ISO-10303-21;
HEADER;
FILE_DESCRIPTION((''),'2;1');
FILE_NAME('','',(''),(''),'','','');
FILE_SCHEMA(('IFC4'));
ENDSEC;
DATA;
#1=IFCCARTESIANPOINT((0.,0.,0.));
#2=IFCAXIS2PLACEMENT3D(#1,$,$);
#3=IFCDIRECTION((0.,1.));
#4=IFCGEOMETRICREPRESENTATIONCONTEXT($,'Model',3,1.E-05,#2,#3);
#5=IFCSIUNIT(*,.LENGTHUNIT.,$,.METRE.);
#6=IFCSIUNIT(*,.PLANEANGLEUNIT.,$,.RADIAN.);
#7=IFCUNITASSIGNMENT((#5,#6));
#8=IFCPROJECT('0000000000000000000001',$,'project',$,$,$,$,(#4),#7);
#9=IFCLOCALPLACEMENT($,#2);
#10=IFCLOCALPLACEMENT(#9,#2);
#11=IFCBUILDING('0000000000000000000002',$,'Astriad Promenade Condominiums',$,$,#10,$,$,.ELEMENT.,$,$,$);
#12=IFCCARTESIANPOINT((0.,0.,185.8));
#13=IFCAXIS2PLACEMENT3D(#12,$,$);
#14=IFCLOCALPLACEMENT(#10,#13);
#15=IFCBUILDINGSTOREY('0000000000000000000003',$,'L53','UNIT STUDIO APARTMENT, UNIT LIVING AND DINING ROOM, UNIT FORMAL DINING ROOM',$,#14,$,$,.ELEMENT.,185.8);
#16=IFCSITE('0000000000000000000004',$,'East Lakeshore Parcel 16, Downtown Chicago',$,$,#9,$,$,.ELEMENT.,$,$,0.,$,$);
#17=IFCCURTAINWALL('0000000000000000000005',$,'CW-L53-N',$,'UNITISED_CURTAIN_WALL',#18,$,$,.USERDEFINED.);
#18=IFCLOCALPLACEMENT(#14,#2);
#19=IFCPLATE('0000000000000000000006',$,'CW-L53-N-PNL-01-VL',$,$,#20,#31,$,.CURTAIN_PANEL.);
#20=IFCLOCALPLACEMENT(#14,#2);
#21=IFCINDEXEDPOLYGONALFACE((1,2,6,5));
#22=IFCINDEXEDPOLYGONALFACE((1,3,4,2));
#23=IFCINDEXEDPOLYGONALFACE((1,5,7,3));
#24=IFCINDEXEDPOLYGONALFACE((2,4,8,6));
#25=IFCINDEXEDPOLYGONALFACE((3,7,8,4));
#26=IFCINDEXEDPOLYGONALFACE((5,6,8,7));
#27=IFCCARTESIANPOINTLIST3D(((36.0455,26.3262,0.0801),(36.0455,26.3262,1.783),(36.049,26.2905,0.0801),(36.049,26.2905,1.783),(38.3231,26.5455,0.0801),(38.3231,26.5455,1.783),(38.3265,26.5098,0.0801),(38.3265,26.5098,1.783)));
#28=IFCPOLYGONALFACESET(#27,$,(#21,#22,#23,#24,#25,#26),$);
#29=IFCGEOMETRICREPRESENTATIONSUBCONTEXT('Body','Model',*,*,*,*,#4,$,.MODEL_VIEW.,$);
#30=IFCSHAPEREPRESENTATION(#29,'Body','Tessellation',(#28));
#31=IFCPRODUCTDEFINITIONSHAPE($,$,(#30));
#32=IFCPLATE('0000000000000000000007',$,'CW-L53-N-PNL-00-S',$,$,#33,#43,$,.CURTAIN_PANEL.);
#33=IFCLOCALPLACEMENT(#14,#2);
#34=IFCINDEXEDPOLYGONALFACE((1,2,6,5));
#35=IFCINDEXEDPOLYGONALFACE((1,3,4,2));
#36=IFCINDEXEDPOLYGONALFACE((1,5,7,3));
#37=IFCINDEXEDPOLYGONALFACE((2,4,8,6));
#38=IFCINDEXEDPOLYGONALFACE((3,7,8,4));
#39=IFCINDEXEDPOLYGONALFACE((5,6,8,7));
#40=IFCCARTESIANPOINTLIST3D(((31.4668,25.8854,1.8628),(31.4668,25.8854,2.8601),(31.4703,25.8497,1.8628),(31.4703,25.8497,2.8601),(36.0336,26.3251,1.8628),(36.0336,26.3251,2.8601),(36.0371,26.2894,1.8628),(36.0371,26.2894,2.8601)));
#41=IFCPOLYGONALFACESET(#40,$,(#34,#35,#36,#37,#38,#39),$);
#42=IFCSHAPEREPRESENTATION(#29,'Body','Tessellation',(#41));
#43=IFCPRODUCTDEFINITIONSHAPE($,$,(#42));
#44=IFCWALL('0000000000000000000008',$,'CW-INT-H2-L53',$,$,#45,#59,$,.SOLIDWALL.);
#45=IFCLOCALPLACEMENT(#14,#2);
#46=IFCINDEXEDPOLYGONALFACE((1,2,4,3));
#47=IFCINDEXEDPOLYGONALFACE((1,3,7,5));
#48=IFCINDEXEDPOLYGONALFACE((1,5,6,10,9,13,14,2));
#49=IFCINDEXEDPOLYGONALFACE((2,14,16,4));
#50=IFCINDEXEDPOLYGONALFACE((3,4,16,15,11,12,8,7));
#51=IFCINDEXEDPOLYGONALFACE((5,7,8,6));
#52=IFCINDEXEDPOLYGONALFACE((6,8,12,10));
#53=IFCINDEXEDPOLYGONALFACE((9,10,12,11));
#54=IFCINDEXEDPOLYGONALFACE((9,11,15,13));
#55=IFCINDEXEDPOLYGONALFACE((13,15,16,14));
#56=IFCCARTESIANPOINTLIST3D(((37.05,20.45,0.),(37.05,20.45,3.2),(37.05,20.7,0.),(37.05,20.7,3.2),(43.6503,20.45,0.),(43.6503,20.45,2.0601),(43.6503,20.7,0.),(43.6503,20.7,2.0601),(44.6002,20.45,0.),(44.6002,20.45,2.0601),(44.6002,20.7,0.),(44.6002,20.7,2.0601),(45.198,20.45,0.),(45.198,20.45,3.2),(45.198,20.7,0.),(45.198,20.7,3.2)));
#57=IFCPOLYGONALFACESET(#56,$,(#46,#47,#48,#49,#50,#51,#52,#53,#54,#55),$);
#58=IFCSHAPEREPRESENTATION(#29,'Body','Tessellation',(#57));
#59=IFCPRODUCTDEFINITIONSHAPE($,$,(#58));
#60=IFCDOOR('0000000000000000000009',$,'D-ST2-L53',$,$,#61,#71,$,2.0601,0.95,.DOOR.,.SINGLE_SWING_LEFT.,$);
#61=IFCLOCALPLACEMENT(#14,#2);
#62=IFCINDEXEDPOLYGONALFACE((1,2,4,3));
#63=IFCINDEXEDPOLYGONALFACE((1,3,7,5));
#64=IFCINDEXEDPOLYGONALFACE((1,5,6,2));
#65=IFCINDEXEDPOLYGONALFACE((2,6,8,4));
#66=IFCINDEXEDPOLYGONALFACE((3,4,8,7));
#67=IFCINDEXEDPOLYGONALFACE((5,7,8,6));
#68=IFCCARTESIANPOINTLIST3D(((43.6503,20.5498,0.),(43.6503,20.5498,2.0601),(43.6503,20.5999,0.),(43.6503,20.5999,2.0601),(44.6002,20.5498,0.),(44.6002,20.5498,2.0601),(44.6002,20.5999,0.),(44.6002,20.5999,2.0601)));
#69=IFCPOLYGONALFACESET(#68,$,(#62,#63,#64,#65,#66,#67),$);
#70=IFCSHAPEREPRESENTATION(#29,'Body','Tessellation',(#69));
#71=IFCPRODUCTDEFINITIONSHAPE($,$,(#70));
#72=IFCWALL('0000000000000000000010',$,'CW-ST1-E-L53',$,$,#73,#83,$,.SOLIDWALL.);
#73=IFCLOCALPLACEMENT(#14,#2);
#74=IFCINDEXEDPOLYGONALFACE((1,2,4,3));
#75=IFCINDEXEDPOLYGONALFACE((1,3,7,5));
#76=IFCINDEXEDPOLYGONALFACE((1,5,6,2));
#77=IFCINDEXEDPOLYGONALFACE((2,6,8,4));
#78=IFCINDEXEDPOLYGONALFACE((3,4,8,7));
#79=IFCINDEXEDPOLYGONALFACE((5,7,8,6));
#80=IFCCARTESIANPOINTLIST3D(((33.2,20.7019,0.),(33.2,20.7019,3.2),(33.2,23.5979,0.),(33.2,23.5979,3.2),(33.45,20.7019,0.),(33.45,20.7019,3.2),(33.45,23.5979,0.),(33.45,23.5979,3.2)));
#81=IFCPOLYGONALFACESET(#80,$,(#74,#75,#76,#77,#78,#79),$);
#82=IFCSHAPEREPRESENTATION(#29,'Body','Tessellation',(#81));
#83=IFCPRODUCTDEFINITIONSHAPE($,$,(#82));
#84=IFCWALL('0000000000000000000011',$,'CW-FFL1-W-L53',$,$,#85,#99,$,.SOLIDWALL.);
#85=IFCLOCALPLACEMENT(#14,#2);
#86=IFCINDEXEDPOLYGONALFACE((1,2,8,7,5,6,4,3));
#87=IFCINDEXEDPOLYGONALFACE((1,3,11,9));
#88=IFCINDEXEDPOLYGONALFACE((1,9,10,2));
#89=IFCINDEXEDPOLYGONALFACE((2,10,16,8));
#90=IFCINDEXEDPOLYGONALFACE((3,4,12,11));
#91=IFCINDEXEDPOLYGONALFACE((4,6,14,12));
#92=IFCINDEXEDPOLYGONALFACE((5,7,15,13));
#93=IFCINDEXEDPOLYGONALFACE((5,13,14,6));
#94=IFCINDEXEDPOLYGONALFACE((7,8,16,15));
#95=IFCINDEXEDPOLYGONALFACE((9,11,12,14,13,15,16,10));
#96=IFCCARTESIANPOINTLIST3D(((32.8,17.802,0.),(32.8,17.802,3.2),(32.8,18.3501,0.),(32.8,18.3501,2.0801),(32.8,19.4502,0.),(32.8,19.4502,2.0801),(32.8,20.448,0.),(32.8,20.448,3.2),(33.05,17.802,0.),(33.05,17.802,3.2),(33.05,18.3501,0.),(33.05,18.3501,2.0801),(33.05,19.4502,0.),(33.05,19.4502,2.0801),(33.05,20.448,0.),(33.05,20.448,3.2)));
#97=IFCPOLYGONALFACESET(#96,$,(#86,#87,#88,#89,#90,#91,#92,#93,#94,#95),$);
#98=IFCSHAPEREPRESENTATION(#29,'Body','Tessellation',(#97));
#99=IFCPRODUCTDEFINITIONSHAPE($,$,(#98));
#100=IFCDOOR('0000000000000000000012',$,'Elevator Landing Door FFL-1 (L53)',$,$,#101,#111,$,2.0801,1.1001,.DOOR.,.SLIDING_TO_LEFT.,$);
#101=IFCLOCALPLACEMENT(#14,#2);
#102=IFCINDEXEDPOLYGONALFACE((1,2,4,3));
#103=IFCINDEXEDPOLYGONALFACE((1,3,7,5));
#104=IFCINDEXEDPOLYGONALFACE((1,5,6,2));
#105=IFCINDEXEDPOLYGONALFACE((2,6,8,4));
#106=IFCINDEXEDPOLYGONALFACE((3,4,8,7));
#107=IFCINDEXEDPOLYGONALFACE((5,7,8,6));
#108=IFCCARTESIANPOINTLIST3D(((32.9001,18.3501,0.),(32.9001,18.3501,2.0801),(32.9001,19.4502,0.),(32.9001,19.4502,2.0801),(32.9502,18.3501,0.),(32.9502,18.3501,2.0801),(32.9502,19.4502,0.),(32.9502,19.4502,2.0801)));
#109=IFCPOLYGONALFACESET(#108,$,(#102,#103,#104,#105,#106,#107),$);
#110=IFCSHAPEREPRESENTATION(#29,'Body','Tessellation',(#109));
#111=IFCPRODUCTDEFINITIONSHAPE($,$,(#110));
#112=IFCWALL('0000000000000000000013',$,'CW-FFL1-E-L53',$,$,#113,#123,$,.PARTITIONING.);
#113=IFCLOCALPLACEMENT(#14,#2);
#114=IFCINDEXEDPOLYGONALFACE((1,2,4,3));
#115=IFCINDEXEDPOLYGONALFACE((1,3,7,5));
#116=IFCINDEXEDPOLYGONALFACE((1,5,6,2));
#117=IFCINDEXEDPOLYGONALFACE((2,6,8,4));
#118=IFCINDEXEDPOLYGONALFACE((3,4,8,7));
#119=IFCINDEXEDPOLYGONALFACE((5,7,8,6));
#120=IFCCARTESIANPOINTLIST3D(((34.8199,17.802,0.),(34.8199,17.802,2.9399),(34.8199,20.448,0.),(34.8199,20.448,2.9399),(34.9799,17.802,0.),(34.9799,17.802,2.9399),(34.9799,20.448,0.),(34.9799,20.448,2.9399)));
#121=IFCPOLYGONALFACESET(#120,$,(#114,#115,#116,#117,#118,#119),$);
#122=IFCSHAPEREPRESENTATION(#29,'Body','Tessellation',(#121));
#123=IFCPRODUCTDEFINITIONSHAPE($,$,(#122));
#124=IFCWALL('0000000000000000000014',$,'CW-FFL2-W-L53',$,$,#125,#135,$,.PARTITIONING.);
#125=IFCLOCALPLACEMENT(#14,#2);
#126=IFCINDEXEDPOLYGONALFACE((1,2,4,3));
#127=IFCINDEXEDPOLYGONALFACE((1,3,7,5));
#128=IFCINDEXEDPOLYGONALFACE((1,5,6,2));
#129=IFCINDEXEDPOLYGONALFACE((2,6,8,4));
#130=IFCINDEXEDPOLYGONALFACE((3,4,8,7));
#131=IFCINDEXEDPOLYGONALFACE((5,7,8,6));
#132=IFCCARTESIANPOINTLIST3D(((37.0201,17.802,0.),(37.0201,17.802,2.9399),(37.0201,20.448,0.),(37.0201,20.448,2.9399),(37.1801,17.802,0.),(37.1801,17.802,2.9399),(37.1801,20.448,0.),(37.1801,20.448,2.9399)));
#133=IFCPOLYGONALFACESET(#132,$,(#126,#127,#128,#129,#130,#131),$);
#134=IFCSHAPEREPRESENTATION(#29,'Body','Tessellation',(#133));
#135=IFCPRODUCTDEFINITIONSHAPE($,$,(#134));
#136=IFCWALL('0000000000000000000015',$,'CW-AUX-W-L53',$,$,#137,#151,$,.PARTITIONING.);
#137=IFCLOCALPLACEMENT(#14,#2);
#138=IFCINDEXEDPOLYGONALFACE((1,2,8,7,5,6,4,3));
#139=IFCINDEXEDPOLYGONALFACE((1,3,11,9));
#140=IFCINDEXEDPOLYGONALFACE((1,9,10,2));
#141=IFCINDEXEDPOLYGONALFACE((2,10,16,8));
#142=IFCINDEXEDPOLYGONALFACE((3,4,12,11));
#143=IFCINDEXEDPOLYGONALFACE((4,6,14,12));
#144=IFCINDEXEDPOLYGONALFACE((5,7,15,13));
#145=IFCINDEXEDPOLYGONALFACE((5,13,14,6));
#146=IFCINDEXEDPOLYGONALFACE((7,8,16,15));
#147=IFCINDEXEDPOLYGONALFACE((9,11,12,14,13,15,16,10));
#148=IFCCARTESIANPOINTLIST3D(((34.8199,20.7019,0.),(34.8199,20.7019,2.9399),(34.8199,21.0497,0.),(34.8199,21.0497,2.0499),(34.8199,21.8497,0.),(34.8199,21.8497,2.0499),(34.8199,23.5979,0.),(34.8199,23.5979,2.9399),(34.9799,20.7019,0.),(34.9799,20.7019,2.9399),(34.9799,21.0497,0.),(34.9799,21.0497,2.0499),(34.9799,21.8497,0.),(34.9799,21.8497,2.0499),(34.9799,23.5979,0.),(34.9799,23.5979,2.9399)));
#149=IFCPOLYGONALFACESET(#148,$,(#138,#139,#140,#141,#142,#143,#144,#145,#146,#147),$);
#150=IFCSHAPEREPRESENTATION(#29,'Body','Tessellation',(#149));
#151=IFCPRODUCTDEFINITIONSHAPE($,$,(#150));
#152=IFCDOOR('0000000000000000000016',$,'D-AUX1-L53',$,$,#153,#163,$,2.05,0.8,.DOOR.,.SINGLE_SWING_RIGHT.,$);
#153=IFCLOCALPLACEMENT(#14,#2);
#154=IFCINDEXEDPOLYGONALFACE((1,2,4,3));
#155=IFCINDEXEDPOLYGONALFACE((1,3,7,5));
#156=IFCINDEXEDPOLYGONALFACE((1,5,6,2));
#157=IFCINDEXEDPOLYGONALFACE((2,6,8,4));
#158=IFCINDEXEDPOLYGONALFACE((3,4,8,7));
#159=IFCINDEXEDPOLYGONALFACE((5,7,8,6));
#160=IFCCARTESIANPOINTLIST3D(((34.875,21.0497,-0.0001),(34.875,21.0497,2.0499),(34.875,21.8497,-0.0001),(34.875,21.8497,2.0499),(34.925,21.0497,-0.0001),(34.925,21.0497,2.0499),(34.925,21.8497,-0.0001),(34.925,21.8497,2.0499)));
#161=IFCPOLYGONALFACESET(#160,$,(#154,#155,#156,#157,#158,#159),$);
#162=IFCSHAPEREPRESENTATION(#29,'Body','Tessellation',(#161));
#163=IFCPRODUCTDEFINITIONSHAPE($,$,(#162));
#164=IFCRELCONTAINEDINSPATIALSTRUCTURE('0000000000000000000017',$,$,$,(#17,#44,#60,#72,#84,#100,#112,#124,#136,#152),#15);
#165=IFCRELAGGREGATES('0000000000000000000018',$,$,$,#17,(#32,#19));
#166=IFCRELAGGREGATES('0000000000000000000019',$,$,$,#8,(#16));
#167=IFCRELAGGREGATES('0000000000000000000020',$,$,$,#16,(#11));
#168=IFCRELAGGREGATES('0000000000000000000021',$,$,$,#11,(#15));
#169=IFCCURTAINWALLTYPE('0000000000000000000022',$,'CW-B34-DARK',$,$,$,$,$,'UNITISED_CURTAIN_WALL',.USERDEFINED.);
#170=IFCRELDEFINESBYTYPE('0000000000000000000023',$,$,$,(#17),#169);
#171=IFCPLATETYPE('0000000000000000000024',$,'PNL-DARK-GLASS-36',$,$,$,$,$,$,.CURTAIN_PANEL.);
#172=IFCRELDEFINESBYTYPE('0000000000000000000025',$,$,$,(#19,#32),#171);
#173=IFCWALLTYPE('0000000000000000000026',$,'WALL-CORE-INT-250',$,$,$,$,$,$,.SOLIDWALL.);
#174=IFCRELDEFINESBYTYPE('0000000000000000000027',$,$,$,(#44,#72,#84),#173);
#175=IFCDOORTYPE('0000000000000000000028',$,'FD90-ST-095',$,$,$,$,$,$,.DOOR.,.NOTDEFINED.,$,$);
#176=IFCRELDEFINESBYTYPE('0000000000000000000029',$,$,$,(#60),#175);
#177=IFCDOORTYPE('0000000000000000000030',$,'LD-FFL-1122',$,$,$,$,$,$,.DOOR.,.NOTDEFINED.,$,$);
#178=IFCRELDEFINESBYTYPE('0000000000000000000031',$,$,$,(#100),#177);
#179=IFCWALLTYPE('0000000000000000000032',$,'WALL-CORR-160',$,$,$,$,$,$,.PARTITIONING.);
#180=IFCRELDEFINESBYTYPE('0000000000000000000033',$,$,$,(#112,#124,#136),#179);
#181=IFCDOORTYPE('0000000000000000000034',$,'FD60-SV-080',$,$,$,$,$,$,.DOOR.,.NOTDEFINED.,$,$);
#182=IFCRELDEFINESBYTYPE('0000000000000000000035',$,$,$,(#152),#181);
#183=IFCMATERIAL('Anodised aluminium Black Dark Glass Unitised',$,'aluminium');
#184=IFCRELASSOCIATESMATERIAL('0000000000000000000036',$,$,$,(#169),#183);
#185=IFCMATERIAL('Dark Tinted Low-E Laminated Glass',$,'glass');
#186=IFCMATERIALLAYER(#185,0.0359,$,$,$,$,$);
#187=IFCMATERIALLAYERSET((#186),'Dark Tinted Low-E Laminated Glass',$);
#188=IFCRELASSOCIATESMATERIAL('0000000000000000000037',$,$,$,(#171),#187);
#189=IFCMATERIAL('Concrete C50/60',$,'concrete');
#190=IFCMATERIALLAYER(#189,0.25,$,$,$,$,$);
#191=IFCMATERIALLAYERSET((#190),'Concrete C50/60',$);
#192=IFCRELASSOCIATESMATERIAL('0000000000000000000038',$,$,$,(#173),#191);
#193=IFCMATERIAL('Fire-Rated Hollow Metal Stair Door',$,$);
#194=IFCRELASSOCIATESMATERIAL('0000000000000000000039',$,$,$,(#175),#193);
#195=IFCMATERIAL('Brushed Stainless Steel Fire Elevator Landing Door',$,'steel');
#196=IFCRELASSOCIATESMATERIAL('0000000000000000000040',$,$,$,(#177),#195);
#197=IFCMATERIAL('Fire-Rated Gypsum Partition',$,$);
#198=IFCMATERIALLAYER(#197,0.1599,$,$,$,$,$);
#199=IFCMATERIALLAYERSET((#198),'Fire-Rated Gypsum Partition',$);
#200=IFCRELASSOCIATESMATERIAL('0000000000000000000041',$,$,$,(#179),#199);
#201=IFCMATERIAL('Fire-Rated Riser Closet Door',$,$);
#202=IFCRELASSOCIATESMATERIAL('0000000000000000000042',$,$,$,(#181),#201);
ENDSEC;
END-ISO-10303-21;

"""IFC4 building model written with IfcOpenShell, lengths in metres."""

from ifc_helpers import new_model, si_unit, direction, frame, frame_2d, origin, origin_2d, place, context, subcontext, project, spatial, rectangle, extrude, source, transform, mapped, material, layer, layer_set, type_object, type_shapes, element, fill, aggregate, save


model = new_model("IFC4")

# Units and contexts
model_context = context("Model", 3, precision=1e-05, world=origin(), true_north=direction((0.0, 1.0)))
body_context = subcontext(model_context, "Body", "Model", "MODEL_VIEW")
ifc_project = project(units=[si_unit("LENGTHUNIT", "METRE"), si_unit("PLANEANGLEUNIT", "RADIAN")], contexts=[model_context])

# Site, building, storey
site_placement = place(None, origin())
site = spatial("IfcSite", under=ifc_project, at=site_placement, Name="East Lakeshore Parcel 16, Downtown Chicago", CompositionType="ELEMENT", RefElevation=0.0)
building_placement = place(site_placement, origin())
building = spatial("IfcBuilding", under=site, at=building_placement, Name="Astriad Promenade Condominiums", CompositionType="ELEMENT")
storey_placement = place(building_placement, frame((0.0, 0.0, 185.8)))
storey = spatial("IfcBuildingStorey", under=building, at=storey_placement, Name="L53", Description="UNIT STUDIO APARTMENT, UNIT LIVING AND DINING ROOM, UNIT FORMAL DINING ROOM", CompositionType="ELEMENT", Elevation=185.8)

# Curtain wall, plates
ifc_material_1 = material(Name="Anodised aluminium Black Dark Glass Unitised", Category="aluminium")
curtain_wall_type = type_object("IfcCurtainWallType", Name="CW-B34-DARK", ElementType="UNITISED_CURTAIN_WALL", PredefinedType="USERDEFINED", material=ifc_material_1)
curtain_wall_placement = place(storey_placement, origin())
curtain_wall = element("IfcCurtainWall", 1, at=curtain_wall_placement, inside=storey, type_object=curtain_wall_type, Name="CW-L53-N", ObjectType="UNITISED_CURTAIN_WALL", PredefinedType="USERDEFINED")
ifc_material_2 = material(Name="Dark Tinted Low-E Laminated Glass", Category="glass")
ifc_layer_1 = layer(ifc_material_2, 0.0359)
ifc_layer_set_1 = layer_set([ifc_layer_1], Name="Dark Tinted Low-E Laminated Glass")
plate_type = type_object("IfcPlateType", Name="PNL-DARK-GLASS-36", PredefinedType="CURTAIN_PANEL", material=ifc_layer_set_1)
shared_shape_1 = source(origin(), body_context, "Body", "SweptSolid", [
    extrude(rectangle(XDim=2.2881, YDim=0.0359, at=origin_2d()), origin(), (0.0, 0.0, 1.0), 1.7029),
])
plate_1_placement = place(storey_placement, frame((37.186, 26.418, 0.0801), z_axis=(0.0, 0.0, 1.0), x_axis=(0.995396, 0.095846, 0.0)))
plate_1 = element("IfcPlate", 2, at=plate_1_placement, type_object=plate_type, Name="CW-L53-N-PNL-01-VL", PredefinedType="CURTAIN_PANEL", context=body_context, shape_type="MappedRepresentation", body=[
    mapped(shared_shape_1, transform((0.0, 0.0, 0.0), scale=1.0)),
])
shared_shape_2 = source(origin(), body_context, "Body", "SweptSolid", [
    extrude(rectangle(XDim=4.5879, YDim=0.0359, at=origin_2d()), origin(), (0.0, 0.0, 1.0), 0.9973),
])
type_shapes(plate_type, [shared_shape_1, shared_shape_2])
plate_2_placement = place(storey_placement, frame((33.752, 26.0874, 1.8628), z_axis=(0.0, 0.0, 1.0), x_axis=(0.995396, 0.095846, 0.0)))
plate_2 = element("IfcPlate", 3, at=plate_2_placement, type_object=plate_type, Name="CW-L53-N-PNL-00-S", PredefinedType="CURTAIN_PANEL", context=body_context, shape_type="MappedRepresentation", body=[
    mapped(shared_shape_2, transform((0.0, 0.0, 0.0), scale=1.0)),
])
aggregate(curtain_wall, [plate_2, plate_1])

# Wall, opening, door
ifc_material_3 = material(Name="Concrete C50/60", Category="concrete")
ifc_layer_2 = layer(ifc_material_3, 0.25)
ifc_layer_set_2 = layer_set([ifc_layer_2], Name="Concrete C50/60")
wall_type_1 = type_object("IfcWallType", Name="WALL-CORE-INT-250", PredefinedType="SOLIDWALL", material=ifc_layer_set_2)
wall_1_placement = place(storey_placement, frame((37.05, 20.575, 0.0), z_axis=(0.0, 0.0, 1.0), x_axis=(1.0, 0.0, 0.0)))
wall_1 = element("IfcWall", 4, at=wall_1_placement, inside=storey, type_object=wall_type_1, Name="CW-INT-H2-L53", PredefinedType="SOLIDWALL", context=body_context, shape_type="SweptSolid", body=[
    extrude(rectangle(XDim=8.1479, YDim=0.25, at=frame_2d((4.074, 0.0))), origin(), (0.0, 0.0, 1.0), 3.2),
])
opening_1_placement = place(wall_1_placement, frame((6.6001, 0.0, 0.0)))
opening_1 = element("IfcOpeningElement", 5, at=opening_1_placement, cuts=wall_1, PredefinedType="OPENING", context=body_context, shape_type="SweptSolid", body=[
    extrude(rectangle(XDim=0.95, YDim=2.0601, at=frame_2d((0.4751, 1.03))), frame((0.0, 0.135, 0.0), z_axis=(0.0, -1.0, 0.0), x_axis=(1.0, 0.0, 0.0)), (0.0, 0.0, 1.0), 0.27),
])
ifc_material_4 = material(Name="Fire-Rated Hollow Metal Stair Door")
door_type_1 = type_object("IfcDoorType", Name="FD90-ST-095", OperationType="NOTDEFINED", PredefinedType="DOOR", material=ifc_material_4)
shared_shape_3 = source(origin(), body_context, "Body", "SweptSolid", [
    extrude(rectangle(XDim=0.95, YDim=2.0601, at=frame_2d((0.4751, 1.03))), frame((0.0, 0.0249, 0.0), z_axis=(0.0, -1.0, 0.0), x_axis=(1.0, 0.0, 0.0)), (0.0, 0.0, 1.0), 0.05),
])
type_shapes(door_type_1, [shared_shape_3])
door_1_placement = place(opening_1_placement, origin())
door_1 = element("IfcDoor", 6, at=door_1_placement, inside=storey, type_object=door_type_1, Name="D-ST2-L53", OperationType="SINGLE_SWING_LEFT", OverallHeight=2.0601, OverallWidth=0.95, PredefinedType="DOOR", context=body_context, shape_type="MappedRepresentation", body=[
    mapped(shared_shape_3, transform((0.0, 0.0, 0.0), scale=1.0)),
])
fill(opening_1, door_1)

# Wall
wall_2_placement = place(storey_placement, frame((33.325, 20.7019, 0.0), z_axis=(0.0, 0.0, 1.0), x_axis=(0.0, 1.0, 0.0)))
element("IfcWall", 7, at=wall_2_placement, inside=storey, type_object=wall_type_1, Name="CW-ST1-E-L53", PredefinedType="SOLIDWALL", context=body_context, shape_type="SweptSolid", body=[
    extrude(rectangle(XDim=2.896, YDim=0.25, at=frame_2d((1.448, 0.0))), origin(), (0.0, 0.0, 1.0), 3.2),
])

# Wall, opening, door
wall_3_placement = place(storey_placement, frame((32.925, 17.802, 0.0), z_axis=(0.0, 0.0, 1.0), x_axis=(0.0, 1.0, 0.0)))
wall_3 = element("IfcWall", 8, at=wall_3_placement, inside=storey, type_object=wall_type_1, Name="CW-FFL1-W-L53", PredefinedType="SOLIDWALL", context=body_context, shape_type="SweptSolid", body=[
    extrude(rectangle(XDim=2.646, YDim=0.25, at=frame_2d((1.323, 0.0))), origin(), (0.0, 0.0, 1.0), 3.2),
])
opening_2_placement = place(wall_3_placement, frame((0.5481, 0.0, 0.0)))
opening_2 = element("IfcOpeningElement", 9, at=opening_2_placement, cuts=wall_3, PredefinedType="OPENING", context=body_context, shape_type="SweptSolid", body=[
    extrude(rectangle(XDim=1.1001, YDim=2.0801, at=frame_2d((0.55, 1.04))), frame((0.0, 0.135, 0.0), z_axis=(0.0, -1.0, 0.0), x_axis=(1.0, 0.0, 0.0)), (0.0, 0.0, 1.0), 0.27),
])
ifc_material_5 = material(Name="Brushed Stainless Steel Fire Elevator Landing Door", Category="steel")
door_type_2 = type_object("IfcDoorType", Name="LD-FFL-1122", OperationType="NOTDEFINED", PredefinedType="DOOR", material=ifc_material_5)
shared_shape_4 = source(origin(), body_context, "Body", "SweptSolid", [
    extrude(rectangle(XDim=1.1001, YDim=2.0801, at=frame_2d((0.55, 1.04))), frame((0.0, 0.0249, 0.0), z_axis=(0.0, -1.0, 0.0), x_axis=(1.0, 0.0, 0.0)), (0.0, 0.0, 1.0), 0.05),
])
type_shapes(door_type_2, [shared_shape_4])
door_2_placement = place(opening_2_placement, origin())
door_2 = element("IfcDoor", 10, at=door_2_placement, inside=storey, type_object=door_type_2, Name="Elevator Landing Door FFL-1 (L53)", OperationType="SLIDING_TO_LEFT", OverallHeight=2.0801, OverallWidth=1.1001, PredefinedType="DOOR", context=body_context, shape_type="MappedRepresentation", body=[
    mapped(shared_shape_4, transform((0.0, 0.0, 0.0), scale=1.0)),
])
fill(opening_2, door_2)

# Walls
ifc_material_6 = material(Name="Fire-Rated Gypsum Partition")
ifc_layer_3 = layer(ifc_material_6, 0.1599)
ifc_layer_set_3 = layer_set([ifc_layer_3], Name="Fire-Rated Gypsum Partition")
wall_type_2 = type_object("IfcWallType", Name="WALL-CORR-160", PredefinedType="PARTITIONING", material=ifc_layer_set_3)
for number, where, z_axis, x_axis, name in (
    (11, (34.8999, 17.802, 0.0), (0.0, 0.0, 1.0), (0.0, 1.0, 0.0), "CW-FFL1-E-L53"),
    (12, (37.1001, 17.802, 0.0), (0.0, 0.0, 1.0), (0.0, 1.0, 0.0), "CW-FFL2-W-L53"),
):
    element("IfcWall", number, at=place(storey_placement, frame(where, z_axis=z_axis, x_axis=x_axis)), inside=storey, type_object=wall_type_2, Name=name, PredefinedType="PARTITIONING", context=body_context, shape_type="SweptSolid", body=[
        extrude(rectangle(XDim=2.646, YDim=0.1599, at=frame_2d((1.323, 0.0))), origin(), (0.0, 0.0, 1.0), 2.9399),
    ])

# Wall, opening, door
wall_4_placement = place(storey_placement, frame((34.8999, 20.7019, 0.0), z_axis=(0.0, 0.0, 1.0), x_axis=(0.0, 1.0, 0.0)))
wall_4 = element("IfcWall", 13, at=wall_4_placement, inside=storey, type_object=wall_type_2, Name="CW-AUX-W-L53", PredefinedType="PARTITIONING", context=body_context, shape_type="SweptSolid", body=[
    extrude(rectangle(XDim=2.896, YDim=0.1599, at=frame_2d((1.448, 0.0))), origin(), (0.0, 0.0, 1.0), 2.9399),
])
opening_3_placement = place(wall_4_placement, frame((0.3479, 0.0, 0.0)))
opening_3 = element("IfcOpeningElement", 14, at=opening_3_placement, cuts=wall_4, PredefinedType="OPENING", context=body_context, shape_type="SweptSolid", body=[
    extrude(rectangle(XDim=0.8, YDim=2.05, at=frame_2d((0.3999, 1.0249))), frame((0.0, 0.0898, 0.0), z_axis=(0.0, -1.0, 0.0), x_axis=(1.0, 0.0, 0.0)), (0.0, 0.0, 1.0), 0.1799),
])
ifc_material_7 = material(Name="Fire-Rated Riser Closet Door")
door_type_3 = type_object("IfcDoorType", Name="FD60-SV-080", OperationType="NOTDEFINED", PredefinedType="DOOR", material=ifc_material_7)
shared_shape_5 = source(origin(), body_context, "Body", "SweptSolid", [
    extrude(rectangle(XDim=0.8, YDim=2.05, at=frame_2d((0.3999, 1.0249))), frame((0.0, 0.0249, 0.0), z_axis=(0.0, -1.0, 0.0), x_axis=(1.0, 0.0, 0.0)), (0.0, 0.0, 1.0), 0.05),
])
type_shapes(door_type_3, [shared_shape_5])
door_3_placement = place(opening_3_placement, origin())
door_3 = element("IfcDoor", 15, at=door_3_placement, inside=storey, type_object=door_type_3, Name="D-AUX1-L53", OperationType="SINGLE_SWING_RIGHT", OverallHeight=2.05, OverallWidth=0.8, PredefinedType="DOOR", context=body_context, shape_type="MappedRepresentation", body=[
    mapped(shared_shape_5, transform((0.0, 0.0, 0.0), scale=1.0)),
])
fill(opening_3, door_3)

save(model, "model.ifc")
